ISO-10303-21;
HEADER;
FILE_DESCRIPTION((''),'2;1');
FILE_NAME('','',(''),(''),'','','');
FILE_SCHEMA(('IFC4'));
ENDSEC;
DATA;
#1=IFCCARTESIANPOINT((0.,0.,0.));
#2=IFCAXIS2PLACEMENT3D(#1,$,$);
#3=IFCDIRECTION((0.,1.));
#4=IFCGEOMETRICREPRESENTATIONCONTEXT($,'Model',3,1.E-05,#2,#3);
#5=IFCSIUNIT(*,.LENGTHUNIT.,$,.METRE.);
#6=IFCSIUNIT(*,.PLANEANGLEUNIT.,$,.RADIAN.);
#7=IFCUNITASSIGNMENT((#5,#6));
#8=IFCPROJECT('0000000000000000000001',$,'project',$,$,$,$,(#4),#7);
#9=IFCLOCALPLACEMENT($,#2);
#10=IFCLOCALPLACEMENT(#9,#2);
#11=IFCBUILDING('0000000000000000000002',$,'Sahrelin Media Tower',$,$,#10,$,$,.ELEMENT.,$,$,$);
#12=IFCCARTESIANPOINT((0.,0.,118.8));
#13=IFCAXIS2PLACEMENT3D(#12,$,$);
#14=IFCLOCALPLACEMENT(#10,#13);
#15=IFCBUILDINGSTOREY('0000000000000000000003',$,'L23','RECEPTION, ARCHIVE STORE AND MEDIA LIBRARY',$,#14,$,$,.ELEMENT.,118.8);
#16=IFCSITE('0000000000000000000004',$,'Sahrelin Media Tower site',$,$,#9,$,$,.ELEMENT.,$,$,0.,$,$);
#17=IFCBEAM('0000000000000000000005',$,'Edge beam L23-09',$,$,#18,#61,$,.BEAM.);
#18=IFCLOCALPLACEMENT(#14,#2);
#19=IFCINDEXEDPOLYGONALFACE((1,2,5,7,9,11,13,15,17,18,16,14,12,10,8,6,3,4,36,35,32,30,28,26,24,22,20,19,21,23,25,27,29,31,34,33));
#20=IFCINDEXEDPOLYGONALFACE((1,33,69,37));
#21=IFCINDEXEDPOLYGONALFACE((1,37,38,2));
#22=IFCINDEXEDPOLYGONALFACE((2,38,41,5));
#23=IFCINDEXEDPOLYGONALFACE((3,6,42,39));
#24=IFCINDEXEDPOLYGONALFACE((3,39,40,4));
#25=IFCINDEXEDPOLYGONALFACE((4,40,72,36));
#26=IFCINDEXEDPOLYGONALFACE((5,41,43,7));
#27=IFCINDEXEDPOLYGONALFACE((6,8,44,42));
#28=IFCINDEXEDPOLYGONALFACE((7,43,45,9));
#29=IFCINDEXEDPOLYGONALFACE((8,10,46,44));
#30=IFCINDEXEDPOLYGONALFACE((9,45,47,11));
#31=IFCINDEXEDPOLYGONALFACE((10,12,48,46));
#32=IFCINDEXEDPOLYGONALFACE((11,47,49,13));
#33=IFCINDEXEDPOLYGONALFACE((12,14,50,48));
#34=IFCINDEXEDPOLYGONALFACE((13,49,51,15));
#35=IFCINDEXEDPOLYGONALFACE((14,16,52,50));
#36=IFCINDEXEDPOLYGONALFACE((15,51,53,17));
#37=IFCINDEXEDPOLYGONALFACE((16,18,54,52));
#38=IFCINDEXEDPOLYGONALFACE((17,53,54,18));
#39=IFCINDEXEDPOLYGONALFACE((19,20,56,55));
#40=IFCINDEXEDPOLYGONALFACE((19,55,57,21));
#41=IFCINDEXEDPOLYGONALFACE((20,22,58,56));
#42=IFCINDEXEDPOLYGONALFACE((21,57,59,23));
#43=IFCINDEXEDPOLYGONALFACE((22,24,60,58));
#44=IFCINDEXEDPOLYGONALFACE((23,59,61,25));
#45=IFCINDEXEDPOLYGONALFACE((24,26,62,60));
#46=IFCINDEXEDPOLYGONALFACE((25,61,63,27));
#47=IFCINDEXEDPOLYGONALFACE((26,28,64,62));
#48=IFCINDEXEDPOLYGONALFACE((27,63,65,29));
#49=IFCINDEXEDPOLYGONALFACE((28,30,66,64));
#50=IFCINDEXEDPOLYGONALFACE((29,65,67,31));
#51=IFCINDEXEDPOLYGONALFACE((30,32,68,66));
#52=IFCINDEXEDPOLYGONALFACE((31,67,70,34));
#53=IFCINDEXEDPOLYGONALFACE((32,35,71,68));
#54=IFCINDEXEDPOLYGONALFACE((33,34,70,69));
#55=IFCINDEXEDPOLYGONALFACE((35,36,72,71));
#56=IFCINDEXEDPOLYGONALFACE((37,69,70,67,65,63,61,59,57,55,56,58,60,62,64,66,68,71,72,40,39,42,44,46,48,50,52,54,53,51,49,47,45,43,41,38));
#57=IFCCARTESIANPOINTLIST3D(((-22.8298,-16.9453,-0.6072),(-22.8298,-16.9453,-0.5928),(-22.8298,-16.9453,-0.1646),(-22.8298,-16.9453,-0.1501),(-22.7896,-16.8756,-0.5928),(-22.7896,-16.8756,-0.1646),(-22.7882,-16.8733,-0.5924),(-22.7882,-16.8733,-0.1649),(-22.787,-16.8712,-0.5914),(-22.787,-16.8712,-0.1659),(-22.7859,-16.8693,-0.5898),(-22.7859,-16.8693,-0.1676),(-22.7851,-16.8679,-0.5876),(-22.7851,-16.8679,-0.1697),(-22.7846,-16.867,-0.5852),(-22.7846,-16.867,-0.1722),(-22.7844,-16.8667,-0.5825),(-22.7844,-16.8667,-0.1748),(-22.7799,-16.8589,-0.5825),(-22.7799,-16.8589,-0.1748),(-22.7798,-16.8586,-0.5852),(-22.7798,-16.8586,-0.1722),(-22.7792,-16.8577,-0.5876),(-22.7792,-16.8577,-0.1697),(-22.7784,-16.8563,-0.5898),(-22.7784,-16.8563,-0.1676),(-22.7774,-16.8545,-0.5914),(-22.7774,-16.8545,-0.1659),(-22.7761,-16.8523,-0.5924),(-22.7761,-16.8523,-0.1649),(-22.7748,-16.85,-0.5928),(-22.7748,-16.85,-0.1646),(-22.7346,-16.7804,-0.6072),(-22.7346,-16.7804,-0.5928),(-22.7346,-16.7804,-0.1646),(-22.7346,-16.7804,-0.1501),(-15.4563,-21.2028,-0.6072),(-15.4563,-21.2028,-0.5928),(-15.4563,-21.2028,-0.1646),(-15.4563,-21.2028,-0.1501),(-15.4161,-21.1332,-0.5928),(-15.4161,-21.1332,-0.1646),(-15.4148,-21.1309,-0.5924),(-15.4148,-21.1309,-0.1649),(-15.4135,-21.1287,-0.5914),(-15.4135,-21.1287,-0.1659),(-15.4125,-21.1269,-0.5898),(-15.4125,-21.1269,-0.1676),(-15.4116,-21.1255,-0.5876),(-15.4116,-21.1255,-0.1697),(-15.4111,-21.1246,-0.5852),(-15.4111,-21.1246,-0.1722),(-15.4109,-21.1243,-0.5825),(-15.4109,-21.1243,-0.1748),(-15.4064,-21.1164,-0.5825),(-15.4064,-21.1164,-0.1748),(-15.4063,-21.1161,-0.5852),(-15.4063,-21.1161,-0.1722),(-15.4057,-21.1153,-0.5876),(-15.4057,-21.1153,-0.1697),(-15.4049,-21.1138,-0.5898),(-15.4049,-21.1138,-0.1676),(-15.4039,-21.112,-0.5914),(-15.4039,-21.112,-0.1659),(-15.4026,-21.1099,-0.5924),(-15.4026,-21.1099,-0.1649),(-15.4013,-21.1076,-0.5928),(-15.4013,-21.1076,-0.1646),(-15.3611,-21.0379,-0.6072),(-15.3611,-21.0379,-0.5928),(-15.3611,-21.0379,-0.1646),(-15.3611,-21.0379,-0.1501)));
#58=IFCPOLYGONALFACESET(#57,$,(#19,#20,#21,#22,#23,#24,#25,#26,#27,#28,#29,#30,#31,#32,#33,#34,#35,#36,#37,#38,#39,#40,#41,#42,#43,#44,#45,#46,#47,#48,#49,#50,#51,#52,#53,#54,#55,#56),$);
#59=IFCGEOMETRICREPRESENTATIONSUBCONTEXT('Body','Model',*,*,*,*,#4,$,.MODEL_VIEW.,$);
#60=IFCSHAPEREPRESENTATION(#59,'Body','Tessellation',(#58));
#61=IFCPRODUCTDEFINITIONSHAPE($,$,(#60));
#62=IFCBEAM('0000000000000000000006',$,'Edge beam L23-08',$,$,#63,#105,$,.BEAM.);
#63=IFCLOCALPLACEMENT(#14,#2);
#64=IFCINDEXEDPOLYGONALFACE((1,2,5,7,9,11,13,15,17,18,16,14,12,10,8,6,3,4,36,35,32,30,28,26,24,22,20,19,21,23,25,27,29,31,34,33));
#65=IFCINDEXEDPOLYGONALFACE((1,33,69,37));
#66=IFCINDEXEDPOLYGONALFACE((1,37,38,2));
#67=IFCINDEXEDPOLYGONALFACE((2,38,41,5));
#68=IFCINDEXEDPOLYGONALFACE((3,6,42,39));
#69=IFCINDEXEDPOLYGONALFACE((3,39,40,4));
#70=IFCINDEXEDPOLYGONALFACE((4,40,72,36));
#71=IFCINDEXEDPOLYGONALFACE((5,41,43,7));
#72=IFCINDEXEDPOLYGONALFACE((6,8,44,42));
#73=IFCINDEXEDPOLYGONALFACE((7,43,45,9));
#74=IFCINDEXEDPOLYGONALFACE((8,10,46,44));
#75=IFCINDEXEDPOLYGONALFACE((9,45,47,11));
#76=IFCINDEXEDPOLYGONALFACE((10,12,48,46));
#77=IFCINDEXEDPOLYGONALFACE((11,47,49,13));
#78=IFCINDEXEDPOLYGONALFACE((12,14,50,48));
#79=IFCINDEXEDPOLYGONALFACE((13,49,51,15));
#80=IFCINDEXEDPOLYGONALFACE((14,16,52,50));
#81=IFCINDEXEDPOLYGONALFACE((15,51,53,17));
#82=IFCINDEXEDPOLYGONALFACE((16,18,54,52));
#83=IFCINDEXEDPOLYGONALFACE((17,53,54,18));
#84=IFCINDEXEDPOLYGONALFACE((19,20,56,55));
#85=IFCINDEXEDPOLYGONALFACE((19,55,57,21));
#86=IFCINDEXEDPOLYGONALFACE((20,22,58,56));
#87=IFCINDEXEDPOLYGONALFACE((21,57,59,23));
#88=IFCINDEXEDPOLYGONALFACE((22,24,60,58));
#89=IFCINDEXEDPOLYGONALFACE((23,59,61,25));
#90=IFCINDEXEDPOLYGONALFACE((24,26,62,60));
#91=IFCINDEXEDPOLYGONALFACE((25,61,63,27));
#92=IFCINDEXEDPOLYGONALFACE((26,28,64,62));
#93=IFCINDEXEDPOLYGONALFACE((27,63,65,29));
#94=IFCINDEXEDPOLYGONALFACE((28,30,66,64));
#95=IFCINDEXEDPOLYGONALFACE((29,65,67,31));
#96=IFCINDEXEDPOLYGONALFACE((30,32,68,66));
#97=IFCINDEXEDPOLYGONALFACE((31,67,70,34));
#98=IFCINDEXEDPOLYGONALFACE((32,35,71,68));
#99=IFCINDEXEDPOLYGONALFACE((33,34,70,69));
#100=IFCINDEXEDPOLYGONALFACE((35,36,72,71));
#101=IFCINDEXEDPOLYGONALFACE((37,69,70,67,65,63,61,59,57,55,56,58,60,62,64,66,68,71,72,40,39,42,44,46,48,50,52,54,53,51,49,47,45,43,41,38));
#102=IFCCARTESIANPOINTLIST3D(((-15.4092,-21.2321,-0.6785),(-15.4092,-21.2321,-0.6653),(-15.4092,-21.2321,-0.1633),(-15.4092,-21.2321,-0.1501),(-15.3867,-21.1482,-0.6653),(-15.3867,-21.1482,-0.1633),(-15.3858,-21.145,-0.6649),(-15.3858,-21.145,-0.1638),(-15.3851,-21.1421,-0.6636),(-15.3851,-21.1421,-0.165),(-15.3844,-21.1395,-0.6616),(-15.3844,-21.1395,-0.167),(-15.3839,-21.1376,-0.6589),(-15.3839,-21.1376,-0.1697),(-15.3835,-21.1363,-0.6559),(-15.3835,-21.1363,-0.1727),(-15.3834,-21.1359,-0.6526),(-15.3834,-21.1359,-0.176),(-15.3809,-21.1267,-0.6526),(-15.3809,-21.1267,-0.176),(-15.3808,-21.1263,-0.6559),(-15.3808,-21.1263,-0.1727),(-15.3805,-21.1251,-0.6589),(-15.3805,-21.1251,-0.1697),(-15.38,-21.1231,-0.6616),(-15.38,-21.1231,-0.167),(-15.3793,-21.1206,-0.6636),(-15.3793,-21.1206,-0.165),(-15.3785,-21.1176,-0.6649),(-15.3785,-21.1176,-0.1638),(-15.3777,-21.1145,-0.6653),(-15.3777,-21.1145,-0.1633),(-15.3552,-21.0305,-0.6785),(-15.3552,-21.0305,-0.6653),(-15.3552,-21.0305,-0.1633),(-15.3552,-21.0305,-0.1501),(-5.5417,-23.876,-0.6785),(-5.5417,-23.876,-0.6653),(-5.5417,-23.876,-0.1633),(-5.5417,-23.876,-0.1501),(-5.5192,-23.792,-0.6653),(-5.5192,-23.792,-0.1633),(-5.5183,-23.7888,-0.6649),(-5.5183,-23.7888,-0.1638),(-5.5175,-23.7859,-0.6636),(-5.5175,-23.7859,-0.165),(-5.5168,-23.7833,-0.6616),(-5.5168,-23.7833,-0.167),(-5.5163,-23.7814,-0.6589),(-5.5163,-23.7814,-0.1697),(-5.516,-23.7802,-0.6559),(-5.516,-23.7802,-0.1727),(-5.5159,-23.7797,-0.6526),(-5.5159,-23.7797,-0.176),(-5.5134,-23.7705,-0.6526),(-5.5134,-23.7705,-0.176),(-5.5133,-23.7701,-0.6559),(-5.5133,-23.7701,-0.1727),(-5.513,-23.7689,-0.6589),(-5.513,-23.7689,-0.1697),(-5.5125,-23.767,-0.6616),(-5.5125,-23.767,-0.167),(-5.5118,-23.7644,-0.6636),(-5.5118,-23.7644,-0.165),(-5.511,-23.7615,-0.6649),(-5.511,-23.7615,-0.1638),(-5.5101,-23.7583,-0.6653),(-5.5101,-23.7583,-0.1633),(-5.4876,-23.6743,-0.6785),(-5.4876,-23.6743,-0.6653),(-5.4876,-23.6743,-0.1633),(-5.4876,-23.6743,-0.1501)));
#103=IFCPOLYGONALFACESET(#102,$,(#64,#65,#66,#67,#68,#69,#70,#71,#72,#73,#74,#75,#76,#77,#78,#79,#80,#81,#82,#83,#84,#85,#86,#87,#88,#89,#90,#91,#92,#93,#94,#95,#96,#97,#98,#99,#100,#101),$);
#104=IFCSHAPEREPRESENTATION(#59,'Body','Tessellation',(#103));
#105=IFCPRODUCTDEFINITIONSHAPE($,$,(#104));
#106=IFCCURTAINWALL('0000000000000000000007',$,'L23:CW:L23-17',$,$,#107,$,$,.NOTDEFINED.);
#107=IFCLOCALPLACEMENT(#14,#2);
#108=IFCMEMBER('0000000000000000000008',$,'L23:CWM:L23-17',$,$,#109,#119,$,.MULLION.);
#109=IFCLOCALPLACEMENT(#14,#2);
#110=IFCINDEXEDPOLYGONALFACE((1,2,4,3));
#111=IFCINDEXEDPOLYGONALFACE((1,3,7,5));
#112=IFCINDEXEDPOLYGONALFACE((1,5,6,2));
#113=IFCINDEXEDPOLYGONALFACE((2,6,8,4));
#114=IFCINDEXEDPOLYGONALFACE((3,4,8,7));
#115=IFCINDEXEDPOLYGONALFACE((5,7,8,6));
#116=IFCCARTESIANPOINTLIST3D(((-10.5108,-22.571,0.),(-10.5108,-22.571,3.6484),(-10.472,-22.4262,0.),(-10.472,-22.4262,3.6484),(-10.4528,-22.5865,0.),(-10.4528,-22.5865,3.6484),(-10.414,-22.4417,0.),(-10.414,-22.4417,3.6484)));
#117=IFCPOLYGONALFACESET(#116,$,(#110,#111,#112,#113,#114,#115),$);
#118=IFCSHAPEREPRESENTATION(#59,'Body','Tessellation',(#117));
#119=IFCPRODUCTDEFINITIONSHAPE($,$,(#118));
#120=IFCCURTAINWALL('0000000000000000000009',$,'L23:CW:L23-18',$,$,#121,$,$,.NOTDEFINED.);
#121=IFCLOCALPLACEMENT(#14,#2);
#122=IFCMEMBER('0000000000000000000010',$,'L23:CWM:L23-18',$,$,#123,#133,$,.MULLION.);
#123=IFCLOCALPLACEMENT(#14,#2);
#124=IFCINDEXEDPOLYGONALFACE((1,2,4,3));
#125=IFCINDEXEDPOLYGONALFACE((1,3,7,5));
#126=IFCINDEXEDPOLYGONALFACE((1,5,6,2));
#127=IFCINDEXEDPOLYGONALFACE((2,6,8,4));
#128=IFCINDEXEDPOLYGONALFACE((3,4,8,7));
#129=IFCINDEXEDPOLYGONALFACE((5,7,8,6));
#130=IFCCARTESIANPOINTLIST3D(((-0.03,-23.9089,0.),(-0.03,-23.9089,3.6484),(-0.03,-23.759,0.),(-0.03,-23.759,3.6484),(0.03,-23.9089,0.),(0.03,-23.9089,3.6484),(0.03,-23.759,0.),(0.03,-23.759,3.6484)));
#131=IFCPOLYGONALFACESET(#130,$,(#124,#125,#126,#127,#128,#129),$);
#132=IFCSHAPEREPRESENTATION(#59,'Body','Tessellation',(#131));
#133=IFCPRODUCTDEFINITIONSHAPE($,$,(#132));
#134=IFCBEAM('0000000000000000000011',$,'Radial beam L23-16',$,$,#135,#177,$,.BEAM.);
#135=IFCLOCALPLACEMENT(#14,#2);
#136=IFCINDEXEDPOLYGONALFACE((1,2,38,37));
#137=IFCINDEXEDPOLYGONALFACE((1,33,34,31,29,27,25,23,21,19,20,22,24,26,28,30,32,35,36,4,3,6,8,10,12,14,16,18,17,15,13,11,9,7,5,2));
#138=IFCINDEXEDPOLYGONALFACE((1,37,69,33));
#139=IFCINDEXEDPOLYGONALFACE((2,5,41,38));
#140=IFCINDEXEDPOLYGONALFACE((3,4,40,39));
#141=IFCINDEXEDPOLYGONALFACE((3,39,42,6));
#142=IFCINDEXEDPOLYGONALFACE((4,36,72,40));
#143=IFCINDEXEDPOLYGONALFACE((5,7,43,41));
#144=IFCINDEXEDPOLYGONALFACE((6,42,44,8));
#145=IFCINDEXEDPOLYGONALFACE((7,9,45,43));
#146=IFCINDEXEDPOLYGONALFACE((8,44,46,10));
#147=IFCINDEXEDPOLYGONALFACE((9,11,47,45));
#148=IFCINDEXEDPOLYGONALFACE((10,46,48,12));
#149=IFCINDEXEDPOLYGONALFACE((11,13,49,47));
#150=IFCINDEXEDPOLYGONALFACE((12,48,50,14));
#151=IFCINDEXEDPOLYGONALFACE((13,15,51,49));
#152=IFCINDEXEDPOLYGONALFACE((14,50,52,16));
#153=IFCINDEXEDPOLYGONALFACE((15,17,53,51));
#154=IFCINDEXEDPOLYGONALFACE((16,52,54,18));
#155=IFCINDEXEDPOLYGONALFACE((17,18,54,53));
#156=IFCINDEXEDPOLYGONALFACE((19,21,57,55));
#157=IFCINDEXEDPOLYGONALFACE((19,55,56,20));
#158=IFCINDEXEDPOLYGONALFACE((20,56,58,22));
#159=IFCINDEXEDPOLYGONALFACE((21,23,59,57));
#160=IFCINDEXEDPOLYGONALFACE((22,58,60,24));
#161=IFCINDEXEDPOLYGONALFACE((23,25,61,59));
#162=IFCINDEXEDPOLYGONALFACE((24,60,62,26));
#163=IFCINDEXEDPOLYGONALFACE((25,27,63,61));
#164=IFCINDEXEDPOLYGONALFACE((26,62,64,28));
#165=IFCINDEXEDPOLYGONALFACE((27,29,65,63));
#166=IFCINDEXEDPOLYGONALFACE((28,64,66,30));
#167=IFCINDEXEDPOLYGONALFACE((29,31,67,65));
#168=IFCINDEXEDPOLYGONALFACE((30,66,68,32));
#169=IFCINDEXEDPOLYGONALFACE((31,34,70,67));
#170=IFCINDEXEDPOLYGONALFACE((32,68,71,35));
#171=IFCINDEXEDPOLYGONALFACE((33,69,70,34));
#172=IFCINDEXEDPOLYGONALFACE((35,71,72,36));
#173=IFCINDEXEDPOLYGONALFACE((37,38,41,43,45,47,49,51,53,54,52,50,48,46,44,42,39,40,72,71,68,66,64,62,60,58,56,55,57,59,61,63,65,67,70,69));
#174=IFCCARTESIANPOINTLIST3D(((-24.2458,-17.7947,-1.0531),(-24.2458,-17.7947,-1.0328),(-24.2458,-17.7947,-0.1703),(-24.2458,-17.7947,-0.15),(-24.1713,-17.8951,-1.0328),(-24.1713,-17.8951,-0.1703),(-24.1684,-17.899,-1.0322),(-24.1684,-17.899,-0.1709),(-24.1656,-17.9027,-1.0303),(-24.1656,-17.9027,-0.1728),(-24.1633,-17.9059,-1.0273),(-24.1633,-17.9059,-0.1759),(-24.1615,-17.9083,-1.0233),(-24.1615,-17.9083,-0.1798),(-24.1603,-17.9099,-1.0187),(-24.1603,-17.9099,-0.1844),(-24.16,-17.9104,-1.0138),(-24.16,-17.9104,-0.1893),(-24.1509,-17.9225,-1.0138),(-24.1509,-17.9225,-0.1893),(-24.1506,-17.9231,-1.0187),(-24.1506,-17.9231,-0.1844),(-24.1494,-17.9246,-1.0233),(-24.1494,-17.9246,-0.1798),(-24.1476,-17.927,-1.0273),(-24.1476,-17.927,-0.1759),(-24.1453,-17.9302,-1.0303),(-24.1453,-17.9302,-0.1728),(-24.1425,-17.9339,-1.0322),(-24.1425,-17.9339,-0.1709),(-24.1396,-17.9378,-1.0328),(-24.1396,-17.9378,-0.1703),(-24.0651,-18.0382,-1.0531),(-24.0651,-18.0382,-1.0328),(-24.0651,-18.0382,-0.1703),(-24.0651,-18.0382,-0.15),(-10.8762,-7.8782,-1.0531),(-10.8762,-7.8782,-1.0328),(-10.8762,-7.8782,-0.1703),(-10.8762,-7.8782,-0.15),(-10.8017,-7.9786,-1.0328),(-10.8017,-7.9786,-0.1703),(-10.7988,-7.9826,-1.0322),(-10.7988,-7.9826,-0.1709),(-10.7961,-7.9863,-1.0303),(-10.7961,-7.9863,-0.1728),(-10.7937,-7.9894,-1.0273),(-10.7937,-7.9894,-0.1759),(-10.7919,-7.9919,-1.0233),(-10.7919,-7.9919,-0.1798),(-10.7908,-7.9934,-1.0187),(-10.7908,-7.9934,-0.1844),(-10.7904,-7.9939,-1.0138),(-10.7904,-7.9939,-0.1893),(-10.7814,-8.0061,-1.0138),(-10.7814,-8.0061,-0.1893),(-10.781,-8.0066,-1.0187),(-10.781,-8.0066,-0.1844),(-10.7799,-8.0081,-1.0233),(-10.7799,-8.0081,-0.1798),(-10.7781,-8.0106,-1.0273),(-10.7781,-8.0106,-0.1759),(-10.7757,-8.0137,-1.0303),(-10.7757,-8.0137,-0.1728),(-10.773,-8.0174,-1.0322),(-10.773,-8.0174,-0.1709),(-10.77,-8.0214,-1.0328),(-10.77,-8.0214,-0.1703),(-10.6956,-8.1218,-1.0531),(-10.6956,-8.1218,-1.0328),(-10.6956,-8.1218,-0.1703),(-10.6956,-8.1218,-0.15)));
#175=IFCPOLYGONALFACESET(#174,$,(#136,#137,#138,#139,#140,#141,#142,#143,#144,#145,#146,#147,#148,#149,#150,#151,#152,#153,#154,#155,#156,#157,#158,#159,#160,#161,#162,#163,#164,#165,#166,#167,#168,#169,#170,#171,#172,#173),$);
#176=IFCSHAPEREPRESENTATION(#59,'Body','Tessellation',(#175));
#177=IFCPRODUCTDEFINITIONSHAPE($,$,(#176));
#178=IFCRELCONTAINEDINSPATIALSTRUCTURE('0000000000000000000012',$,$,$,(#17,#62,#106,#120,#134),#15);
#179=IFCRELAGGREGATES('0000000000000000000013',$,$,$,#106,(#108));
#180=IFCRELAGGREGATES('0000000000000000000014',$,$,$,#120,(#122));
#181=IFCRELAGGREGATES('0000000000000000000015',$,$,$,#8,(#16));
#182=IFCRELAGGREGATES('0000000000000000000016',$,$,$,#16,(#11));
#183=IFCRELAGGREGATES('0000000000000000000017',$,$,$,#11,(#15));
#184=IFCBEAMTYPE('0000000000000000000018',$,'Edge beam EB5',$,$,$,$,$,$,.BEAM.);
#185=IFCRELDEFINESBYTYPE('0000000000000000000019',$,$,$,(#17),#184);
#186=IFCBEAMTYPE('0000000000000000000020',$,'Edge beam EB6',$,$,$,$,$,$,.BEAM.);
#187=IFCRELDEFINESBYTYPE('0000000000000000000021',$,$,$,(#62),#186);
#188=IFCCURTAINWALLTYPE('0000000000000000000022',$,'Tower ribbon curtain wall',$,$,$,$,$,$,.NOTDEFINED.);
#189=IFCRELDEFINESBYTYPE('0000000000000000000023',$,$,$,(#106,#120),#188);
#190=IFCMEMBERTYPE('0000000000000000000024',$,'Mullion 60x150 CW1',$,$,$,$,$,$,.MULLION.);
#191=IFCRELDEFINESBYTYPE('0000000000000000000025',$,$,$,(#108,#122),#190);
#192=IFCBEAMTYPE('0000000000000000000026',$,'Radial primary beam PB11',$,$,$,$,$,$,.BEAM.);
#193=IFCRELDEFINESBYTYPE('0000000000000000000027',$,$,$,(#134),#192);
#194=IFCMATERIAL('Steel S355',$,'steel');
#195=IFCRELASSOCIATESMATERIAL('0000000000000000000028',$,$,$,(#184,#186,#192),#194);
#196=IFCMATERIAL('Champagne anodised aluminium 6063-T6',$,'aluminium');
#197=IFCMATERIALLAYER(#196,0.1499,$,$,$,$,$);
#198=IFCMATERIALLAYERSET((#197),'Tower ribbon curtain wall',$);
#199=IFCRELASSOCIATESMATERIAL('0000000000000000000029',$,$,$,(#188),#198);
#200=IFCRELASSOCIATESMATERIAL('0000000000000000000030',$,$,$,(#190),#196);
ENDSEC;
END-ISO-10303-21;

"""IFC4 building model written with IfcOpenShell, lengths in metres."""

from ifc_helpers import new_model, si_unit, direction, frame, origin, origin_2d, place, context, subcontext, project, spatial, rectangle, i_section, extrude, material, layer, layer_set, material_profile, profile_set, type_object, element, aggregate, save


model = new_model("IFC4")

# Units and contexts
model_context = context("Model", 3, precision=1e-05, world=origin(), true_north=direction((0.0, 1.0)))
body_context = subcontext(model_context, "Body", "Model", "MODEL_VIEW")
ifc_project = project(units=[si_unit("LENGTHUNIT", "METRE"), si_unit("PLANEANGLEUNIT", "RADIAN")], contexts=[model_context])

# Site, building, storey
site_placement = place(None, origin())
site = spatial("IfcSite", under=ifc_project, at=site_placement, Name="Sahrelin Media Tower site", CompositionType="ELEMENT", RefElevation=0.0)
building_placement = place(site_placement, origin())
building = spatial("IfcBuilding", under=site, at=building_placement, Name="Sahrelin Media Tower", CompositionType="ELEMENT")
storey_placement = place(building_placement, frame((0.0, 0.0, 118.8)))
storey = spatial("IfcBuildingStorey", under=building, at=storey_placement, Name="L23", Description="RECEPTION, ARCHIVE STORE AND MEDIA LIBRARY", CompositionType="ELEMENT", Elevation=118.8)

# Beams
ifc_material_1 = material(Name="Steel S355", Category="steel")
ifc_material_profile_1 = material_profile(ifc_material_1, i_section(OverallWidth=0.1904, OverallDepth=0.457, WebThickness=0.009, FlangeThickness=0.0144, FilletRadius=0.0103, at=origin_2d()), Name="UB 457x191x74")
ifc_profile_set_1 = profile_set([ifc_material_profile_1], Name="Steel S355")
beam_type_1 = type_object("IfcBeamType", Name="Edge beam EB5", PredefinedType="BEAM", material=ifc_profile_set_1)
beam_1_placement = place(storey_placement, frame((-15.4087, -21.1204, -0.3787), z_axis=(-0.866002, 0.50004, 0.0), x_axis=(-0.50004, -0.866002, 0.0)))
element("IfcBeam", 1, at=beam_1_placement, inside=storey, type_object=beam_type_1, Name="Edge beam L23-09", PredefinedType="BEAM", context=body_context, shape_type="SweptSolid", body=[
    extrude(i_section(OverallWidth=0.1904, OverallDepth=0.457, WebThickness=0.009, FlangeThickness=0.0144, FilletRadius=0.0103, at=origin_2d()), origin(), (0.0, 0.0, 1.0), 8.5144),
])
ifc_material_profile_2 = material_profile(ifc_material_1, i_section(OverallWidth=0.2087, OverallDepth=0.5283, WebThickness=0.0095, FlangeThickness=0.0132, FilletRadius=0.0127, at=origin_2d()), Name="UB 533x210x82")
ifc_profile_set_2 = profile_set([ifc_material_profile_2], Name="Steel S355")
beam_type_2 = type_object("IfcBeamType", Name="Edge beam EB6", PredefinedType="BEAM", material=ifc_profile_set_2)
beam_2_placement = place(storey_placement, frame((-5.5146, -23.7751, -0.4143), z_axis=(-0.96593, 0.258803, 0.0), x_axis=(-0.258803, -0.96593, 0.0)))
element("IfcBeam", 2, at=beam_2_placement, inside=storey, type_object=beam_type_2, Name="Edge beam L23-08", PredefinedType="BEAM", context=body_context, shape_type="SweptSolid", body=[
    extrude(i_section(OverallWidth=0.2087, OverallDepth=0.5283, WebThickness=0.0095, FlangeThickness=0.0132, FilletRadius=0.0127, at=origin_2d()), origin(), (0.0, 0.0, 1.0), 10.2156),
])

# Curtain walls, members
ifc_material_2 = material(Name="Champagne anodised aluminium 6063-T6", Category="aluminium")
ifc_layer_1 = layer(ifc_material_2, 0.1499)
ifc_layer_set_1 = layer_set([ifc_layer_1], Name="Tower ribbon curtain wall")
curtain_wall_type = type_object("IfcCurtainWallType", Name="Tower ribbon curtain wall", PredefinedType="NOTDEFINED", material=ifc_layer_set_1)
curtain_wall_1_placement = place(storey_placement, frame((-10.4871, -22.5981, 0.0), z_axis=(0.0, 0.0, 1.0), x_axis=(1.0, 0.0, 0.0)))
curtain_wall_1 = element("IfcCurtainWall", 3, at=curtain_wall_1_placement, inside=storey, type_object=curtain_wall_type, Name="L23:CW:L23-17", PredefinedType="NOTDEFINED")
ifc_material_profile_3 = material_profile(ifc_material_2, rectangle(XDim=0.0601, YDim=0.1499, at=origin_2d()), Name="Mullion 60x150")
ifc_profile_set_3 = profile_set([ifc_material_profile_3], Name="Champagne anodised aluminium 6063-T6")
member_type_1 = type_object("IfcMemberType", Name="Mullion 60x150 CW1", PredefinedType="MULLION", material=ifc_profile_set_3)
member_1_placement = place(storey_placement, frame((-10.4624, -22.5063, 0.0), z_axis=(0.0, 0.0, 1.0), x_axis=(0.965926, -0.258819, 0.0)))
member_1 = element("IfcMember", 4, at=member_1_placement, type_object=member_type_1, Name="L23:CWM:L23-17", PredefinedType="MULLION", context=body_context, shape_type="SweptSolid", body=[
    extrude(rectangle(XDim=0.0601, YDim=0.1499, at=origin_2d()), origin(), (0.0, 0.0, 1.0), 3.6484),
])
curtain_wall_2_placement = place(storey_placement, frame((0.0, -23.929, 0.0), z_axis=(0.0, 0.0, 1.0), x_axis=(1.0, 0.0, 0.0)))
curtain_wall_2 = element("IfcCurtainWall", 5, at=curtain_wall_2_placement, inside=storey, type_object=curtain_wall_type, Name="L23:CW:L23-18", PredefinedType="NOTDEFINED")
member_2_placement = place(storey_placement, frame((0.0, -23.834, 0.0), z_axis=(0.0, 0.0, 1.0), x_axis=(1.0, 0.0, 0.0)))
member_2 = element("IfcMember", 6, at=member_2_placement, type_object=member_type_1, Name="L23:CWM:L23-18", PredefinedType="MULLION", context=body_context, shape_type="SweptSolid", body=[
    extrude(rectangle(XDim=0.0601, YDim=0.1499, at=origin_2d()), origin(), (0.0, 0.0, 1.0), 3.6484),
])

# Beam
ifc_material_profile_4 = material_profile(ifc_material_1, i_section(OverallWidth=0.3032, OverallDepth=0.9031, WebThickness=0.0151, FlangeThickness=0.0203, FilletRadius=0.019, at=origin_2d()), Name="UB 914x305x201")
ifc_profile_set_4 = profile_set([ifc_material_profile_4], Name="Steel S355")
beam_type_3 = type_object("IfcBeamType", Name="Radial primary beam PB11", PredefinedType="BEAM", material=ifc_profile_set_4)
beam_3_placement = place(storey_placement, frame((-10.7859, -8.0, -0.6016), z_axis=(-0.803181, -0.595735, 0.0), x_axis=(0.595735, -0.803181, 0.0)))
element("IfcBeam", 7, at=beam_3_placement, inside=storey, type_object=beam_type_3, Name="Radial beam L23-16", PredefinedType="BEAM", context=body_context, shape_type="SweptSolid", body=[
    extrude(i_section(OverallWidth=0.3032, OverallDepth=0.9031, WebThickness=0.0151, FlangeThickness=0.0203, FilletRadius=0.019, at=origin_2d()), origin(), (0.0, 0.0, 1.0), 16.6458),
])

aggregate(curtain_wall_1, [member_1])
aggregate(curtain_wall_2, [member_2])

save(model, "model.ifc")
